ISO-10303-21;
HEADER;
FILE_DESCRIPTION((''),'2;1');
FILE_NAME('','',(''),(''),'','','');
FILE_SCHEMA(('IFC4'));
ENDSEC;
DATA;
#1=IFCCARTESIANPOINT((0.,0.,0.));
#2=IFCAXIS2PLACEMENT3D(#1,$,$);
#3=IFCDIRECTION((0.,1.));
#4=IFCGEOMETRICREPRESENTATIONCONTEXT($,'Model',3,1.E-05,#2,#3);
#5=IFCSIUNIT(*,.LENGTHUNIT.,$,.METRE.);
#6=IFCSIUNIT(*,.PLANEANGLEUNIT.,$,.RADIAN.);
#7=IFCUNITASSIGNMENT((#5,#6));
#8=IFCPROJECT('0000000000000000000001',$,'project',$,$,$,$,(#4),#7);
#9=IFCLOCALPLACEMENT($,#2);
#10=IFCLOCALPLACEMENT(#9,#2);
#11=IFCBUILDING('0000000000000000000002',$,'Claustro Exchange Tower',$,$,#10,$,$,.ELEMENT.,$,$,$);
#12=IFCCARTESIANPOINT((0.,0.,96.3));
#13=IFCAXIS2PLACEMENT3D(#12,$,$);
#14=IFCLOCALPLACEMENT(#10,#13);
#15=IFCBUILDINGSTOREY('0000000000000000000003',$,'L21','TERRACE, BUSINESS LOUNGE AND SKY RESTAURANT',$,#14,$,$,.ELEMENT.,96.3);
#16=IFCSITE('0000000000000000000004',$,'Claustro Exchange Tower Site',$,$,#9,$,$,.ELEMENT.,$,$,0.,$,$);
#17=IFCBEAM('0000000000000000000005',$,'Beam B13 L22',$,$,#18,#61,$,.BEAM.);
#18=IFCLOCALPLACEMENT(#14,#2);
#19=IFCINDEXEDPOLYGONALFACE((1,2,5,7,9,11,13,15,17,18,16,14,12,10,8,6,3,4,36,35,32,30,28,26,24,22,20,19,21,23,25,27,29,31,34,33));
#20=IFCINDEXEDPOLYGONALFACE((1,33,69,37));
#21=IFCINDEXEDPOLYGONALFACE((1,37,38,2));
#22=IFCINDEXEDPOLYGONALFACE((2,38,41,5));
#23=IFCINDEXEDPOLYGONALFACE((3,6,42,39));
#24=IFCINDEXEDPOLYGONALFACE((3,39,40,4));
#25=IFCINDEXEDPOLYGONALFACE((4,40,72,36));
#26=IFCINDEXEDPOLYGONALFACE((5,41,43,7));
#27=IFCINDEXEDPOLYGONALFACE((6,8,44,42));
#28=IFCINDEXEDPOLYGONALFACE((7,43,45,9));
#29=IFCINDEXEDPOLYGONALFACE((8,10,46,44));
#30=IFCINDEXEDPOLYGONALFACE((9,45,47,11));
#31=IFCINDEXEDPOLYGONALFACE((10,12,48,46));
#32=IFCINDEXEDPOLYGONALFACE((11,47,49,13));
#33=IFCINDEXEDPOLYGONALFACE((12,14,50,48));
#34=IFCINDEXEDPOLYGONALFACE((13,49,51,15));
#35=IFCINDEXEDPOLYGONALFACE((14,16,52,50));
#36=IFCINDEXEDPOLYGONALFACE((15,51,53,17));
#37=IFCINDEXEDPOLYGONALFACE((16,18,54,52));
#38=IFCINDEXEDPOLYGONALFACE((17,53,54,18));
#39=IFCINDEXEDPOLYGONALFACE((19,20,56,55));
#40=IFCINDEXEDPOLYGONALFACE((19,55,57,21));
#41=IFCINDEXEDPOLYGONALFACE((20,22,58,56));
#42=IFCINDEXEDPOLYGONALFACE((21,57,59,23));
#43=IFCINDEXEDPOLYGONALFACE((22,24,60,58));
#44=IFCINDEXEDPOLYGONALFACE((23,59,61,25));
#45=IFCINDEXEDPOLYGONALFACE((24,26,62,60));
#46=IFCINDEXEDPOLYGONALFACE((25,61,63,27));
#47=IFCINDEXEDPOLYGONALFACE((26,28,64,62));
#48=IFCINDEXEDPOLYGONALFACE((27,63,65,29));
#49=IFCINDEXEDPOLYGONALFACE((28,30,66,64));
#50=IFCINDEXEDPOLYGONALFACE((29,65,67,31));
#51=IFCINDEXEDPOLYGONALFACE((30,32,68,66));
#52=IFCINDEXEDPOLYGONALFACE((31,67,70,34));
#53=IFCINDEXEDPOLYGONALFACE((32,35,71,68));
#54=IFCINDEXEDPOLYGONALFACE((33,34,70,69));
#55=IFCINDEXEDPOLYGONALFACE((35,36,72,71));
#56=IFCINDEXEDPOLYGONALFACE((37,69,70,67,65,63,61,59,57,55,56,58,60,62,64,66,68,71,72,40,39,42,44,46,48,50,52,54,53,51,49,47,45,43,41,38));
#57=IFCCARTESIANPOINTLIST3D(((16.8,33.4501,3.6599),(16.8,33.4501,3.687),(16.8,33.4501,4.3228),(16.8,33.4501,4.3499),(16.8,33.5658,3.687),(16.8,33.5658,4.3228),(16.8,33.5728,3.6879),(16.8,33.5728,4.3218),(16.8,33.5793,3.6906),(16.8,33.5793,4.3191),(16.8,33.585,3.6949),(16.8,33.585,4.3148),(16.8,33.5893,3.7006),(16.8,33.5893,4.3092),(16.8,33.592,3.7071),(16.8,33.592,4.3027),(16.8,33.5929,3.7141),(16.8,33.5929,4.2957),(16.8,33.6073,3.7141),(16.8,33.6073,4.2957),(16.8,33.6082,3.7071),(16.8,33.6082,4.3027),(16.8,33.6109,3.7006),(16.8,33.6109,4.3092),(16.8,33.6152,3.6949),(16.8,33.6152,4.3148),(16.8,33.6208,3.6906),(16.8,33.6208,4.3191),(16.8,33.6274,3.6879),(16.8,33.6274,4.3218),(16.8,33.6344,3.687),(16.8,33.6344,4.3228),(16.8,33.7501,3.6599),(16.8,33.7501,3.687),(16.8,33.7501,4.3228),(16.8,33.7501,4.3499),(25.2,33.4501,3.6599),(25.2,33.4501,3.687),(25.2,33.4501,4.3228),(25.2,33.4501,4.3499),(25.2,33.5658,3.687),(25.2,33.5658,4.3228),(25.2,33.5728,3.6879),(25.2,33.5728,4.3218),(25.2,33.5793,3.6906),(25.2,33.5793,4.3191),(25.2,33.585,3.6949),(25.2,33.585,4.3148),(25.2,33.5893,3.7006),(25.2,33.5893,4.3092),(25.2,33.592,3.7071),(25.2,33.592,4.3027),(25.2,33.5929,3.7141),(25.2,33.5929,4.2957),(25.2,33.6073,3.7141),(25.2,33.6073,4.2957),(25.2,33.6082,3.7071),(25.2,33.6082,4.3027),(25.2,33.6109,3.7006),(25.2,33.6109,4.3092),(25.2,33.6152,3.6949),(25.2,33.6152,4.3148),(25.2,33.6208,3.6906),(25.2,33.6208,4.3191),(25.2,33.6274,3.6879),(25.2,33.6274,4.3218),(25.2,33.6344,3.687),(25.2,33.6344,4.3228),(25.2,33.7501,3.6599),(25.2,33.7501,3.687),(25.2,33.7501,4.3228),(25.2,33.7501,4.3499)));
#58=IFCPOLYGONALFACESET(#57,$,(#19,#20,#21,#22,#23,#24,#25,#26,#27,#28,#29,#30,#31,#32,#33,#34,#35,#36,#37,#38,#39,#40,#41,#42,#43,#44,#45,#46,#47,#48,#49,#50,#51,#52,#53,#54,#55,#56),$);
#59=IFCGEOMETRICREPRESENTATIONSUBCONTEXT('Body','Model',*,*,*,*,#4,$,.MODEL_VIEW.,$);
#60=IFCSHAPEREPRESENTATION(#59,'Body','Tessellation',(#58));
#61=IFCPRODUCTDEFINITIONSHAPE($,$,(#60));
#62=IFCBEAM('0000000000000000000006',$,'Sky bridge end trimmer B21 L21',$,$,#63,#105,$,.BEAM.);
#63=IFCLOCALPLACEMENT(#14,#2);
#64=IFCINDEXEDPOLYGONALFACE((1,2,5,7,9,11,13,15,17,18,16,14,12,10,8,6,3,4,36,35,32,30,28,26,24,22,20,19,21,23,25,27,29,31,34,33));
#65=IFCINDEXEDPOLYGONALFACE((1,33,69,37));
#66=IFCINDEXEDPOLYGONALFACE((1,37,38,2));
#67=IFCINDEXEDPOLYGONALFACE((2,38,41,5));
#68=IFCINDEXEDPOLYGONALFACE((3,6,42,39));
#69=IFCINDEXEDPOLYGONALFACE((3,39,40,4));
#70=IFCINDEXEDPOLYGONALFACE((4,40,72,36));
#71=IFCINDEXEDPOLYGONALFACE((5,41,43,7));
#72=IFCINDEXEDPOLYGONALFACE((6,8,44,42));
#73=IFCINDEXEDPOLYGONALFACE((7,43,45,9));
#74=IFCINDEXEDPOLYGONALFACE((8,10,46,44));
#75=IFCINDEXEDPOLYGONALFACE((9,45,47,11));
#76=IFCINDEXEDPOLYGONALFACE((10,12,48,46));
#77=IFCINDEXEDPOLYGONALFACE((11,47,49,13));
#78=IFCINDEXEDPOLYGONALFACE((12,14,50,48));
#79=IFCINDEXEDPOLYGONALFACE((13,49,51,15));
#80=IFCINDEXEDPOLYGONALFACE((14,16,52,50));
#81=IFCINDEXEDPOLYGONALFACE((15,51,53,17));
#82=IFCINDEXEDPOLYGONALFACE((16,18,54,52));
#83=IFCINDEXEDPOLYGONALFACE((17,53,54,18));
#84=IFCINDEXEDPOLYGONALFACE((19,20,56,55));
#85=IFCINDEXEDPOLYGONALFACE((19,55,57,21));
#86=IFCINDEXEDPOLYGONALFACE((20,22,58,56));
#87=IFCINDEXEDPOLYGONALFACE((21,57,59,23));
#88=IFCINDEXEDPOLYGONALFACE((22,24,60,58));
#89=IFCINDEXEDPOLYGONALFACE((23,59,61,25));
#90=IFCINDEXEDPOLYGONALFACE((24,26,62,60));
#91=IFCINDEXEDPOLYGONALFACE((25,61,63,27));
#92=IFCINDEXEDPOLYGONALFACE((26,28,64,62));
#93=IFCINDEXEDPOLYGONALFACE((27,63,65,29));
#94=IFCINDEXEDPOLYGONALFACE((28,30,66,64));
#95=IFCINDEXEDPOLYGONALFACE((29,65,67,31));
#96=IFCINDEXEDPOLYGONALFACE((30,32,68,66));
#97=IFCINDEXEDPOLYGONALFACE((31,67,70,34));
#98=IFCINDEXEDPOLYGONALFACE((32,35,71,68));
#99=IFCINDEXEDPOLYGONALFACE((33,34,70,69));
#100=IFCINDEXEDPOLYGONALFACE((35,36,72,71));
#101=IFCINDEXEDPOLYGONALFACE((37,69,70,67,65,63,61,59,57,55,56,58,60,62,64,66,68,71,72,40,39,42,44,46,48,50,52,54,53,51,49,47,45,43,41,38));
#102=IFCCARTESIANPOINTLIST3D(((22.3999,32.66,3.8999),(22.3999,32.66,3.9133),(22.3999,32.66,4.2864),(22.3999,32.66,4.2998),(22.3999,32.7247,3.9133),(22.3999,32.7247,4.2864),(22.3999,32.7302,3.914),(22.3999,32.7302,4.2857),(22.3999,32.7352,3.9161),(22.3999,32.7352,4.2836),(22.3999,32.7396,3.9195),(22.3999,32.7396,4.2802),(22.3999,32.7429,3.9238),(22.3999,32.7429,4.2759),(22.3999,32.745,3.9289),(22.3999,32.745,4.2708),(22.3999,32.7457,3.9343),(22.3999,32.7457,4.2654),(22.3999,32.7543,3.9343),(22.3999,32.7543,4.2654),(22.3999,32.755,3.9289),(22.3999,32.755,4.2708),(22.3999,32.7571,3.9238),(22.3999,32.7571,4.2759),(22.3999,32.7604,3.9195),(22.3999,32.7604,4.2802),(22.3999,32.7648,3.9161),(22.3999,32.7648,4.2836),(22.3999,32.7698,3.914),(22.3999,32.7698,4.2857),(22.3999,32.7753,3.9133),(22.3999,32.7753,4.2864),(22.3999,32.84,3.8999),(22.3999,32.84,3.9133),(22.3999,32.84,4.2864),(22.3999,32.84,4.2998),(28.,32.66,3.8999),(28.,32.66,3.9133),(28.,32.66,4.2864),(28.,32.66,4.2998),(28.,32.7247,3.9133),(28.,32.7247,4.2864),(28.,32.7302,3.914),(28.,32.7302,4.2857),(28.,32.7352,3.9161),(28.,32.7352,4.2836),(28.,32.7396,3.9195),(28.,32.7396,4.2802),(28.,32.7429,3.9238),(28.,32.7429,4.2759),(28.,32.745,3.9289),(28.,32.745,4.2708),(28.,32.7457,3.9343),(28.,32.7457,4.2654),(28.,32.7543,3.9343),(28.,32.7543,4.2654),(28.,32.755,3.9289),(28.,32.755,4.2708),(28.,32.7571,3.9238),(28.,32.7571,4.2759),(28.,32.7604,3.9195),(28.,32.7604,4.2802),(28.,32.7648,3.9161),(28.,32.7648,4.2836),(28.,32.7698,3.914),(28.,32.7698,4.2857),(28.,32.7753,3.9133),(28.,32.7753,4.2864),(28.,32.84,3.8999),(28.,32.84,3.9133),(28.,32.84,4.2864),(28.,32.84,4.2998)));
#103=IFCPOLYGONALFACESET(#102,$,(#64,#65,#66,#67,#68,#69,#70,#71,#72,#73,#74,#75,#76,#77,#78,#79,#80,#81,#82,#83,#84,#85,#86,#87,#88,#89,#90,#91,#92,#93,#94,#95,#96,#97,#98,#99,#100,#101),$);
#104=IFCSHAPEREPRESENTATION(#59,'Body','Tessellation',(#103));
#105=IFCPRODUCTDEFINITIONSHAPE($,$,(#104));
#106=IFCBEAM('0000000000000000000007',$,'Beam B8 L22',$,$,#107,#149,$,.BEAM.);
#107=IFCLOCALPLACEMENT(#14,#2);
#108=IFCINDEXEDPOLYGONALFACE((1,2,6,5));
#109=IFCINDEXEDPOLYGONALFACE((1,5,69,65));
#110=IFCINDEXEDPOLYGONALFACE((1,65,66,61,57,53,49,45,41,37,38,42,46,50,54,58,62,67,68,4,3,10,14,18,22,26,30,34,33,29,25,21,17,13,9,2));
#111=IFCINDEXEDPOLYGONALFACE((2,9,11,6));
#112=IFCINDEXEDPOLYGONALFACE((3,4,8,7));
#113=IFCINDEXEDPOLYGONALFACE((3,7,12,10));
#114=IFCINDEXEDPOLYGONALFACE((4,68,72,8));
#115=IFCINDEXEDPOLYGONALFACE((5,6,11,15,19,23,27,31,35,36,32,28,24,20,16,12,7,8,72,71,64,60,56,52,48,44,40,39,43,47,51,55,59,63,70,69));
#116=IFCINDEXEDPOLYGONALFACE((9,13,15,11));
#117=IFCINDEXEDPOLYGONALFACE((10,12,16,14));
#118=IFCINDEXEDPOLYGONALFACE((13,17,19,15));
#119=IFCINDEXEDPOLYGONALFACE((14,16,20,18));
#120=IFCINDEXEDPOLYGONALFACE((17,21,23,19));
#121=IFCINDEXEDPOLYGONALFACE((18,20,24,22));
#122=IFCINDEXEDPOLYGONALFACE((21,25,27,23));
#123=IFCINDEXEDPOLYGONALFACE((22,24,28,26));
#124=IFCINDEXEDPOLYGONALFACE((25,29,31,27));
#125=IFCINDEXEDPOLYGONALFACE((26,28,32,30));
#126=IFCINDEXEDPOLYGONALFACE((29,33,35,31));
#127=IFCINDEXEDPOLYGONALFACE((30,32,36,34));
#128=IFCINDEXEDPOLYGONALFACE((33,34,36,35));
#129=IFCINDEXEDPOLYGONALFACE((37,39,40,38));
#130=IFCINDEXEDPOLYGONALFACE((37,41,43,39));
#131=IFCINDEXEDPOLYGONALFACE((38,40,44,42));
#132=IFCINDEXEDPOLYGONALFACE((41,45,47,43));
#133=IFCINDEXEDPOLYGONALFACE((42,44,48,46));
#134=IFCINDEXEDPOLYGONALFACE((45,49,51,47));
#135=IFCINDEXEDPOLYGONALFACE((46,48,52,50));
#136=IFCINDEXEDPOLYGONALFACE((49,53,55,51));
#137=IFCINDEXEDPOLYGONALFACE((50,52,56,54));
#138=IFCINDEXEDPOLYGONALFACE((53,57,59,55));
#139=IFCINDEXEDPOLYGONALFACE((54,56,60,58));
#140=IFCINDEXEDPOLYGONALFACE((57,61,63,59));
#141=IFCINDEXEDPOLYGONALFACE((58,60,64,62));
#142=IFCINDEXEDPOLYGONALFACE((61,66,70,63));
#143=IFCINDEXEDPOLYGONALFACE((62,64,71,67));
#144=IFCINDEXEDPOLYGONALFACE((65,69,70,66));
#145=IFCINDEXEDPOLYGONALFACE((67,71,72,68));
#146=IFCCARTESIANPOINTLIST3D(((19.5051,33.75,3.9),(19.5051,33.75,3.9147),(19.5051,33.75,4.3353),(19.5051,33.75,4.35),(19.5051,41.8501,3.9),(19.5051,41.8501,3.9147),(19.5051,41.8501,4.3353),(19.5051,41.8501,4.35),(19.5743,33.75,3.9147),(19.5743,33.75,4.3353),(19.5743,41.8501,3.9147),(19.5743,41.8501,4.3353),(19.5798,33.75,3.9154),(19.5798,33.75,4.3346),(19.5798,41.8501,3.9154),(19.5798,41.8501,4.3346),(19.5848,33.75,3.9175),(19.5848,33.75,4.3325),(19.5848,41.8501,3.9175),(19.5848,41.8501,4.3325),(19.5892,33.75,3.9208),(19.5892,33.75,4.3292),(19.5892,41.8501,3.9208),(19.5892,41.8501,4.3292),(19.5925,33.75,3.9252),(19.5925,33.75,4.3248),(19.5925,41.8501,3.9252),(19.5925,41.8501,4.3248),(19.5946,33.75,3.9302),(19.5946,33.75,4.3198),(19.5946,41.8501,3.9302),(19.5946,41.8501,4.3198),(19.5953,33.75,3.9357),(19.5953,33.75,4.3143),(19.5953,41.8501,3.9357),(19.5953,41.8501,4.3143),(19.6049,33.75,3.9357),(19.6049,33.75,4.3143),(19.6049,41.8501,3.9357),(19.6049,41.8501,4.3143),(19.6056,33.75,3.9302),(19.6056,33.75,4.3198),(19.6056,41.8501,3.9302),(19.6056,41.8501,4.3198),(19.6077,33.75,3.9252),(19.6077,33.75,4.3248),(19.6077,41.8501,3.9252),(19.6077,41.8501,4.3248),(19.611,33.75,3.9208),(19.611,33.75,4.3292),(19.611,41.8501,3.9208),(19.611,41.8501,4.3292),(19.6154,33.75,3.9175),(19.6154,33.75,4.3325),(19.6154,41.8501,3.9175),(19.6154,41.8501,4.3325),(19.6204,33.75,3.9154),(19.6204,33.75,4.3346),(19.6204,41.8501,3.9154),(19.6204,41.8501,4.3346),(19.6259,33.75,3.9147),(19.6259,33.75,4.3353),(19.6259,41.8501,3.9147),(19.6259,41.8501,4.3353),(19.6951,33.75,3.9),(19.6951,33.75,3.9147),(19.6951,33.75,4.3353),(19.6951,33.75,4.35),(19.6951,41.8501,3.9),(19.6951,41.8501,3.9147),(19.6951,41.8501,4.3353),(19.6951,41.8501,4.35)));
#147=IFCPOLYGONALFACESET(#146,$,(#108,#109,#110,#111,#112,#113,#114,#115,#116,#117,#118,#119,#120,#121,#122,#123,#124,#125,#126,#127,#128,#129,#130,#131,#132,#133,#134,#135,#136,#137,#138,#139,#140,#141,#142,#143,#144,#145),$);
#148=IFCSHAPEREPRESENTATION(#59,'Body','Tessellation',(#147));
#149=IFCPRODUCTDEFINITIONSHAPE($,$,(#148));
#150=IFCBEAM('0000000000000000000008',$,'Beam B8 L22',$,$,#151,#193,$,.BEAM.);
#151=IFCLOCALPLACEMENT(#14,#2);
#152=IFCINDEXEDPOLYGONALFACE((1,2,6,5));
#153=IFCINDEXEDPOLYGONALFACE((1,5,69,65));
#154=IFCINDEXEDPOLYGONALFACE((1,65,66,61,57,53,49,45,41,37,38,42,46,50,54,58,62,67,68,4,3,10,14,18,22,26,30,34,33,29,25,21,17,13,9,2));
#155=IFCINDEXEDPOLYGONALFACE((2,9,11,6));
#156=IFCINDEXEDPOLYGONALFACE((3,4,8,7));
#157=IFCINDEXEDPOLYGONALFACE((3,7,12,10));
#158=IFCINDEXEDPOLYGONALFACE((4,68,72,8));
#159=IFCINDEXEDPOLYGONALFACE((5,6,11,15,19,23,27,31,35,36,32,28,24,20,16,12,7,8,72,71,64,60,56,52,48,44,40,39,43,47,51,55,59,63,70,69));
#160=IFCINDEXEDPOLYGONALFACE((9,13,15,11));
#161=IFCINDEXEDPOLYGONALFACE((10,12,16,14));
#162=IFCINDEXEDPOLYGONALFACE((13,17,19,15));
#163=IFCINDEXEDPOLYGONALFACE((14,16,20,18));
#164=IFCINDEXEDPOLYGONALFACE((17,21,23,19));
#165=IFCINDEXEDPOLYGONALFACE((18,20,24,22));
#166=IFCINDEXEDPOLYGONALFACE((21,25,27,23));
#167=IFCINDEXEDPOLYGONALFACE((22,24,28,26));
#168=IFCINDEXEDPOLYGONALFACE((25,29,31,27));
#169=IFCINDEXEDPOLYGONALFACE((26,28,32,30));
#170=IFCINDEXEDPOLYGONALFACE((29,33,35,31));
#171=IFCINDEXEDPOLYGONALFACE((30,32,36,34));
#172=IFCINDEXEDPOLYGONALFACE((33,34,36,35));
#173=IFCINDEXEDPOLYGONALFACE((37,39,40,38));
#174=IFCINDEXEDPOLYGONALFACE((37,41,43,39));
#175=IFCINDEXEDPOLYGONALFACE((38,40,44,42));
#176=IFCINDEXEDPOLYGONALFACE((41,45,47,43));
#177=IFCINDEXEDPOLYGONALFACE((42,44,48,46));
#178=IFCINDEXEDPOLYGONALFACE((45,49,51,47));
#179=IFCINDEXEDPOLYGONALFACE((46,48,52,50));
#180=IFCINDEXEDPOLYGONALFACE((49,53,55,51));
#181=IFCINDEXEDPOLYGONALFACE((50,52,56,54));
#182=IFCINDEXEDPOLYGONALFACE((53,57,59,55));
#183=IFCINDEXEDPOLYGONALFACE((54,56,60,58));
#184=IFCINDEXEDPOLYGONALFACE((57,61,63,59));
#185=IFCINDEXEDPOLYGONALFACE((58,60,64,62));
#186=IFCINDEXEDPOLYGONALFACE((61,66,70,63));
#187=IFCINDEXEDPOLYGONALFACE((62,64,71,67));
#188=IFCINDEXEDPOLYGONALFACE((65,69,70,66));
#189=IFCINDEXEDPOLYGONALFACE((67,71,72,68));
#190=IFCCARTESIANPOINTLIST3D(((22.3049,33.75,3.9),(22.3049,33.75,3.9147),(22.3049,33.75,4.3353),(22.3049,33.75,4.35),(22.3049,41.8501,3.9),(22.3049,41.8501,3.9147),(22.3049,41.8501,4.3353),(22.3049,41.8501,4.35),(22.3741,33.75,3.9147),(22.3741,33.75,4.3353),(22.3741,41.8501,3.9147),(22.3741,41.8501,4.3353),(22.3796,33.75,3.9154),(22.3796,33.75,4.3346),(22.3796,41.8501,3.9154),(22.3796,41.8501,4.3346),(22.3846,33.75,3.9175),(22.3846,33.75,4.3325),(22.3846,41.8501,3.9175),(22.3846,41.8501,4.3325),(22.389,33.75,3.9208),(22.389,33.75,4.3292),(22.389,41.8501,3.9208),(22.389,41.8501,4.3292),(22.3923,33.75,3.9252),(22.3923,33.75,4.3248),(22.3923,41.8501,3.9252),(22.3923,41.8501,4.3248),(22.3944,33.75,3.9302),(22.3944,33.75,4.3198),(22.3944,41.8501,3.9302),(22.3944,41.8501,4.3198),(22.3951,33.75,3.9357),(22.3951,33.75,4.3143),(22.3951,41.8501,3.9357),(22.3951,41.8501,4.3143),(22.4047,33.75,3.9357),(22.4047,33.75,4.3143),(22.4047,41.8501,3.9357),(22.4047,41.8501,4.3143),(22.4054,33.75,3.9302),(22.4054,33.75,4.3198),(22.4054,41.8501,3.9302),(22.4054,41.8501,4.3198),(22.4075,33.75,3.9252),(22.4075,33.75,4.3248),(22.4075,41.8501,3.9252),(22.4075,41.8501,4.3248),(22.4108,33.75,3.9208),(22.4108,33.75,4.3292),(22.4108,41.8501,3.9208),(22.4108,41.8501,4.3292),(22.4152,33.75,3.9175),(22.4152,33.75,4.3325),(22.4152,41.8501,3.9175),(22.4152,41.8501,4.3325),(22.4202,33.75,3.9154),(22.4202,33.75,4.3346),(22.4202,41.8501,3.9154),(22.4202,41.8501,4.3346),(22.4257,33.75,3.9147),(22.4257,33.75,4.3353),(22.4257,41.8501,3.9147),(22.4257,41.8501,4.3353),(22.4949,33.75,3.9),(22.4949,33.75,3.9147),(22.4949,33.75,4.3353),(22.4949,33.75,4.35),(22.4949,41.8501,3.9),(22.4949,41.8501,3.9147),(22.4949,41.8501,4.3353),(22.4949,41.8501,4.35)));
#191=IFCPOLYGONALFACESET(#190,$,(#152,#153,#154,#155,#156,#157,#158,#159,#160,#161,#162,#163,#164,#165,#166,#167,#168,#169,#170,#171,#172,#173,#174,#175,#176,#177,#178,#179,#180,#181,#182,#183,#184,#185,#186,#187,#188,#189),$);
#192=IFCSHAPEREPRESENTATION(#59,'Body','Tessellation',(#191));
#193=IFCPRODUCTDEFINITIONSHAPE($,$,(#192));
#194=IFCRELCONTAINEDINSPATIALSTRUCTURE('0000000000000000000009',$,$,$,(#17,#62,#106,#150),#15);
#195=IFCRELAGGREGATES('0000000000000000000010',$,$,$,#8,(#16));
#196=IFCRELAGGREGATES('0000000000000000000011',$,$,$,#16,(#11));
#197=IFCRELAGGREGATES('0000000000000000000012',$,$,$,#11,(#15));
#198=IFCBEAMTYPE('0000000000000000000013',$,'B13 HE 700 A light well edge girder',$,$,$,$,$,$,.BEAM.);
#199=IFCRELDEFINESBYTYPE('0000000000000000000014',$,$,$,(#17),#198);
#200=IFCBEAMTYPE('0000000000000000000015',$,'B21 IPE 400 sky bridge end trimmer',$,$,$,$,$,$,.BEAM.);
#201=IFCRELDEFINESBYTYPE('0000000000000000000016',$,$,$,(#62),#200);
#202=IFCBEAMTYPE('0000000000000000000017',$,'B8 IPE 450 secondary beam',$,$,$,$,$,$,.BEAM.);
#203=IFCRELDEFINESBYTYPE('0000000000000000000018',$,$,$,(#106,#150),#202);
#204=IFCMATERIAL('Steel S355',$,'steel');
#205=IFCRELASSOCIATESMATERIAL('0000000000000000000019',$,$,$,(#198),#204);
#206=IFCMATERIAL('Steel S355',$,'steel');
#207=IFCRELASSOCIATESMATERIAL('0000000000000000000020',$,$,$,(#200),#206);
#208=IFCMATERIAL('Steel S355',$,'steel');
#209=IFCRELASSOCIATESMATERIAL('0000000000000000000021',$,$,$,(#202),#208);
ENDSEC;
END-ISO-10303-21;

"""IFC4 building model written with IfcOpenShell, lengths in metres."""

from ifc_helpers import new_model, si_unit, direction, frame, origin, origin_2d, place, context, subcontext, project, spatial, i_section, extrude, material, material_profile, profile_set, type_object, element, save


model = new_model("IFC4")

# Units and contexts
model_context = context("Model", 3, precision=1e-05, world=origin(), true_north=direction((0.0, 1.0)))
body_context = subcontext(model_context, "Body", "Model", "MODEL_VIEW")
ifc_project = project(units=[si_unit("LENGTHUNIT", "METRE"), si_unit("PLANEANGLEUNIT", "RADIAN")], contexts=[model_context])

# Site, building, storey
site_placement = place(None, origin())
site = spatial("IfcSite", under=ifc_project, at=site_placement, Name="Claustro Exchange Tower Site", CompositionType="ELEMENT", RefElevation=0.0)
building_placement = place(site_placement, origin())
building = spatial("IfcBuilding", under=site, at=building_placement, Name="Claustro Exchange Tower", CompositionType="ELEMENT")
storey_placement = place(building_placement, frame((0.0, 0.0, 96.3)))
storey = spatial("IfcBuildingStorey", under=building, at=storey_placement, Name="L21", Description="TERRACE, BUSINESS LOUNGE AND SKY RESTAURANT", CompositionType="ELEMENT", Elevation=96.3)

# Beams
ifc_material_1 = material(Name="Steel S355", Category="steel")
ifc_material_profile_1 = material_profile(ifc_material_1, i_section(OverallWidth=0.3, OverallDepth=0.6899, WebThickness=0.0144, FlangeThickness=0.0271, FilletRadius=0.0271, at=origin_2d()), Name="HE 700 A")
ifc_profile_set_1 = profile_set([ifc_material_profile_1], Name="Steel S355")
beam_type_1 = type_object("IfcBeamType", Name="B13 HE 700 A light well edge girder", PredefinedType="BEAM", material=ifc_profile_set_1)
beam_1_placement = place(storey_placement, frame((16.8, 33.6001, 4.0049), z_axis=(1.0, 0.0, 0.0), x_axis=(0.0, 1.0, 0.0)))
element("IfcBeam", 1, at=beam_1_placement, inside=storey, type_object=beam_type_1, Name="Beam B13 L22", PredefinedType="BEAM", context=body_context, shape_type="SweptSolid", body=[
    extrude(i_section(OverallWidth=0.3, OverallDepth=0.6899, WebThickness=0.0144, FlangeThickness=0.0271, FilletRadius=0.0271, at=origin_2d()), origin(), (0.0, 0.0, 1.0), 8.3999),
])
ifc_material_2 = material(Name="Steel S355", Category="steel")
ifc_material_profile_2 = material_profile(ifc_material_2, i_section(OverallWidth=0.1799, OverallDepth=0.3999, WebThickness=0.0085, FlangeThickness=0.0134, FilletRadius=0.021, at=origin_2d()), Name="IPE 400")
ifc_profile_set_2 = profile_set([ifc_material_profile_2], Name="Steel S355")
beam_type_2 = type_object("IfcBeamType", Name="B21 IPE 400 sky bridge end trimmer", PredefinedType="BEAM", material=ifc_profile_set_2)
beam_2_placement = place(storey_placement, frame((22.3999, 32.75, 4.0999), z_axis=(1.0, 0.0, 0.0), x_axis=(0.0, 1.0, 0.0)))
element("IfcBeam", 2, at=beam_2_placement, inside=storey, type_object=beam_type_2, Name="Sky bridge end trimmer B21 L21", PredefinedType="BEAM", context=body_context, shape_type="SweptSolid", body=[
    extrude(i_section(OverallWidth=0.1799, OverallDepth=0.3999, WebThickness=0.0085, FlangeThickness=0.0134, FilletRadius=0.021, at=origin_2d()), origin(), (0.0, 0.0, 1.0), 5.6001),
])
ifc_material_3 = material(Name="Steel S355", Category="steel")
ifc_material_profile_3 = material_profile(ifc_material_3, i_section(OverallWidth=0.1899, OverallDepth=0.45, WebThickness=0.0095, FlangeThickness=0.0146, FilletRadius=0.021, at=origin_2d()), Name="IPE 450")
ifc_profile_set_3 = profile_set([ifc_material_profile_3], Name="Steel S355")
beam_type_3 = type_object("IfcBeamType", Name="B8 IPE 450 secondary beam", PredefinedType="BEAM", material=ifc_profile_set_3)
for number, where, z_axis, x_axis, name in (
    (3, (19.6001, 33.75, 4.125), (0.0, 1.0, 0.0), (-1.0, 0.0, 0.0), "Beam B8 L22"),
    (4, (22.3999, 33.75, 4.125), (0.0, 1.0, 0.0), (-1.0, 0.0, 0.0), "Beam B8 L22"),
):
    element("IfcBeam", number, at=place(storey_placement, frame(where, z_axis=z_axis, x_axis=x_axis)), inside=storey, type_object=beam_type_3, Name=name, PredefinedType="BEAM", context=body_context, shape_type="SweptSolid", body=[
        extrude(i_section(OverallWidth=0.1899, OverallDepth=0.45, WebThickness=0.0095, FlangeThickness=0.0146, FilletRadius=0.021, at=origin_2d()), origin(), (0.0, 0.0, 1.0), 8.1001),
    ])

save(model, "model.ifc")
